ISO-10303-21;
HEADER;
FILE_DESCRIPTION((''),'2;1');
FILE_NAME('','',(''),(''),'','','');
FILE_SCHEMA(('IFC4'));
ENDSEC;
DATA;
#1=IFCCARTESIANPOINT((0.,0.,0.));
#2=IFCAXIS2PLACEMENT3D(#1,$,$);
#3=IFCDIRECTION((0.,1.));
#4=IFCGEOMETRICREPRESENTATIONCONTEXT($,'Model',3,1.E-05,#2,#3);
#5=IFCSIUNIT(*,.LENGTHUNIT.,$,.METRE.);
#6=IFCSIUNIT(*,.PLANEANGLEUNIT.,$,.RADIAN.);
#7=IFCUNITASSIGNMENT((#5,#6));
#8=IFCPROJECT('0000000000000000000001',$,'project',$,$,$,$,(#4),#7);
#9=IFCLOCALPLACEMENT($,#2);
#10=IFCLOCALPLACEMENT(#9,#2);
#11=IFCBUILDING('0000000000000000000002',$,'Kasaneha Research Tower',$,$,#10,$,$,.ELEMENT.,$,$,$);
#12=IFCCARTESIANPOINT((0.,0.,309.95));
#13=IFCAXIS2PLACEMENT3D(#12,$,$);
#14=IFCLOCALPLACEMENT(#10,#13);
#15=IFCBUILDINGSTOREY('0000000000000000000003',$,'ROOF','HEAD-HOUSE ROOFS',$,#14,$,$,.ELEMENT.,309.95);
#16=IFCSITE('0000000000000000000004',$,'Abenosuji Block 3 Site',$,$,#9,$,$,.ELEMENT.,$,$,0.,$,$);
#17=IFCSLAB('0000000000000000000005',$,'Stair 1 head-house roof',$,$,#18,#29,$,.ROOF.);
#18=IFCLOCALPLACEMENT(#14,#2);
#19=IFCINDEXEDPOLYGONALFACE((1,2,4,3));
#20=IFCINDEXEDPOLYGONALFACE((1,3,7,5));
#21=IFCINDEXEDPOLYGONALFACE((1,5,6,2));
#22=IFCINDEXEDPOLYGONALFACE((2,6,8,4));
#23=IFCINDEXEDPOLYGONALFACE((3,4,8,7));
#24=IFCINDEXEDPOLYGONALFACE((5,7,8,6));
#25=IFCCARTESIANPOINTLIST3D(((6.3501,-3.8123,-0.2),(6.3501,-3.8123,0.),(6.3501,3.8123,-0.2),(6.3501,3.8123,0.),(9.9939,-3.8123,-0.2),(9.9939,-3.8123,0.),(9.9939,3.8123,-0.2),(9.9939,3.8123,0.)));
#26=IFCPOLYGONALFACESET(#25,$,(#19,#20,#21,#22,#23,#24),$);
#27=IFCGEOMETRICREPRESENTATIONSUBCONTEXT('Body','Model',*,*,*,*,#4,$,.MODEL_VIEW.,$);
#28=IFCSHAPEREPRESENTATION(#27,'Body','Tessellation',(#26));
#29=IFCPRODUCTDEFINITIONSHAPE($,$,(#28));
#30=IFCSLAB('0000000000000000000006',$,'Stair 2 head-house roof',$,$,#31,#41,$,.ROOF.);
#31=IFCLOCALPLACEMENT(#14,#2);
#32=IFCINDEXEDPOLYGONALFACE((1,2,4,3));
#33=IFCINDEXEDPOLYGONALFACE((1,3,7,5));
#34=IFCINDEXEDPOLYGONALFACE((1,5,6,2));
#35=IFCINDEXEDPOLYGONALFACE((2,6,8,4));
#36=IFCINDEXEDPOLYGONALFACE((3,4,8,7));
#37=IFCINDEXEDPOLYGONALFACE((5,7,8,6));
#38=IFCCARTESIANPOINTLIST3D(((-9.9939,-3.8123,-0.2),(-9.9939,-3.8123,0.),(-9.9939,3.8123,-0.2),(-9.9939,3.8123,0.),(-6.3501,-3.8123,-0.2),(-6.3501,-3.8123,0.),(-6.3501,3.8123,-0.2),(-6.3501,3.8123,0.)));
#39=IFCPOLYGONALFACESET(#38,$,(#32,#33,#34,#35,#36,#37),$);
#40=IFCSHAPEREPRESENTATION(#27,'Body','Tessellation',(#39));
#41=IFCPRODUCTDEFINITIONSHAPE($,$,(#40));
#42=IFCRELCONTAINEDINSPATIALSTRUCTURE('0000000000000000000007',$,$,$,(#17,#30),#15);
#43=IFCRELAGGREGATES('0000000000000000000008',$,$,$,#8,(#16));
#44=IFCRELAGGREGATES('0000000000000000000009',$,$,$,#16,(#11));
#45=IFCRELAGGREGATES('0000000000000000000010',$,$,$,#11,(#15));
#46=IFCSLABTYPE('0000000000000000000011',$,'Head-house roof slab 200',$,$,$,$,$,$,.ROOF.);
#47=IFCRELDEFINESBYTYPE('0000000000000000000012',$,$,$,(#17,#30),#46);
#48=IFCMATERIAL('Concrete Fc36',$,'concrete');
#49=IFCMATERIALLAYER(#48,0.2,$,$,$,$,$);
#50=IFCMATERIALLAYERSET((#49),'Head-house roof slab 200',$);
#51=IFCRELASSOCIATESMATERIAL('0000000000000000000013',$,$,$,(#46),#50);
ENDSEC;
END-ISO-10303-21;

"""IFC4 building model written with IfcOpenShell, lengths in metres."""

from ifc_helpers import new_model, si_unit, direction, frame, origin, place, context, subcontext, project, spatial, polyline, outline, extrude, material, layer, layer_set, type_object, element, save


model = new_model("IFC4")

# Units and contexts
model_context = context("Model", 3, precision=1e-05, world=origin(), true_north=direction((0.0, 1.0)))
body_context = subcontext(model_context, "Body", "Model", "MODEL_VIEW")
ifc_project = project(units=[si_unit("LENGTHUNIT", "METRE"), si_unit("PLANEANGLEUNIT", "RADIAN")], contexts=[model_context])

# Site, building, storey
site_placement = place(None, origin())
site = spatial("IfcSite", under=ifc_project, at=site_placement, Name="Abenosuji Block 3 Site", CompositionType="ELEMENT", RefElevation=0.0)
building_placement = place(site_placement, origin())
building = spatial("IfcBuilding", under=site, at=building_placement, Name="Kasaneha Research Tower", CompositionType="ELEMENT")
storey_placement = place(building_placement, frame((0.0, 0.0, 309.95)))
storey = spatial("IfcBuildingStorey", under=building, at=storey_placement, Name="ROOF", Description="HEAD-HOUSE ROOFS", CompositionType="ELEMENT", Elevation=309.95)

# Slabs
ifc_material = material(Name="Concrete Fc36", Category="concrete")
ifc_layer = layer(ifc_material, 0.2)
ifc_layer_set = layer_set([ifc_layer], Name="Head-house roof slab 200")
slab_type = type_object("IfcSlabType", Name="Head-house roof slab 200", PredefinedType="ROOF", material=ifc_layer_set)
slab_1_placement = place(storey_placement, frame((0.0, 0.0, -0.2)))
element("IfcSlab", 1, at=slab_1_placement, inside=storey, type_object=slab_type, Name="Stair 1 head-house roof", PredefinedType="ROOF", context=body_context, shape_type="SweptSolid", body=[
    extrude(outline(polyline([(9.9939, -3.8123), (6.3501, -3.8123), (6.3501, 3.8123), (9.9939, 3.8123), (9.9939, -3.8123)])), origin(), (0.0, 0.0, 1.0), 0.2),
])
slab_2_placement = place(storey_placement, frame((0.0, 0.0, -0.2)))
element("IfcSlab", 2, at=slab_2_placement, inside=storey, type_object=slab_type, Name="Stair 2 head-house roof", PredefinedType="ROOF", context=body_context, shape_type="SweptSolid", body=[
    extrude(outline(polyline([(-9.9939, -3.8123), (-6.3501, -3.8123), (-6.3501, 3.8123), (-9.9939, 3.8123), (-9.9939, -3.8123)])), origin(), (0.0, 0.0, 1.0), 0.2),
])

save(model, "model.ifc")
